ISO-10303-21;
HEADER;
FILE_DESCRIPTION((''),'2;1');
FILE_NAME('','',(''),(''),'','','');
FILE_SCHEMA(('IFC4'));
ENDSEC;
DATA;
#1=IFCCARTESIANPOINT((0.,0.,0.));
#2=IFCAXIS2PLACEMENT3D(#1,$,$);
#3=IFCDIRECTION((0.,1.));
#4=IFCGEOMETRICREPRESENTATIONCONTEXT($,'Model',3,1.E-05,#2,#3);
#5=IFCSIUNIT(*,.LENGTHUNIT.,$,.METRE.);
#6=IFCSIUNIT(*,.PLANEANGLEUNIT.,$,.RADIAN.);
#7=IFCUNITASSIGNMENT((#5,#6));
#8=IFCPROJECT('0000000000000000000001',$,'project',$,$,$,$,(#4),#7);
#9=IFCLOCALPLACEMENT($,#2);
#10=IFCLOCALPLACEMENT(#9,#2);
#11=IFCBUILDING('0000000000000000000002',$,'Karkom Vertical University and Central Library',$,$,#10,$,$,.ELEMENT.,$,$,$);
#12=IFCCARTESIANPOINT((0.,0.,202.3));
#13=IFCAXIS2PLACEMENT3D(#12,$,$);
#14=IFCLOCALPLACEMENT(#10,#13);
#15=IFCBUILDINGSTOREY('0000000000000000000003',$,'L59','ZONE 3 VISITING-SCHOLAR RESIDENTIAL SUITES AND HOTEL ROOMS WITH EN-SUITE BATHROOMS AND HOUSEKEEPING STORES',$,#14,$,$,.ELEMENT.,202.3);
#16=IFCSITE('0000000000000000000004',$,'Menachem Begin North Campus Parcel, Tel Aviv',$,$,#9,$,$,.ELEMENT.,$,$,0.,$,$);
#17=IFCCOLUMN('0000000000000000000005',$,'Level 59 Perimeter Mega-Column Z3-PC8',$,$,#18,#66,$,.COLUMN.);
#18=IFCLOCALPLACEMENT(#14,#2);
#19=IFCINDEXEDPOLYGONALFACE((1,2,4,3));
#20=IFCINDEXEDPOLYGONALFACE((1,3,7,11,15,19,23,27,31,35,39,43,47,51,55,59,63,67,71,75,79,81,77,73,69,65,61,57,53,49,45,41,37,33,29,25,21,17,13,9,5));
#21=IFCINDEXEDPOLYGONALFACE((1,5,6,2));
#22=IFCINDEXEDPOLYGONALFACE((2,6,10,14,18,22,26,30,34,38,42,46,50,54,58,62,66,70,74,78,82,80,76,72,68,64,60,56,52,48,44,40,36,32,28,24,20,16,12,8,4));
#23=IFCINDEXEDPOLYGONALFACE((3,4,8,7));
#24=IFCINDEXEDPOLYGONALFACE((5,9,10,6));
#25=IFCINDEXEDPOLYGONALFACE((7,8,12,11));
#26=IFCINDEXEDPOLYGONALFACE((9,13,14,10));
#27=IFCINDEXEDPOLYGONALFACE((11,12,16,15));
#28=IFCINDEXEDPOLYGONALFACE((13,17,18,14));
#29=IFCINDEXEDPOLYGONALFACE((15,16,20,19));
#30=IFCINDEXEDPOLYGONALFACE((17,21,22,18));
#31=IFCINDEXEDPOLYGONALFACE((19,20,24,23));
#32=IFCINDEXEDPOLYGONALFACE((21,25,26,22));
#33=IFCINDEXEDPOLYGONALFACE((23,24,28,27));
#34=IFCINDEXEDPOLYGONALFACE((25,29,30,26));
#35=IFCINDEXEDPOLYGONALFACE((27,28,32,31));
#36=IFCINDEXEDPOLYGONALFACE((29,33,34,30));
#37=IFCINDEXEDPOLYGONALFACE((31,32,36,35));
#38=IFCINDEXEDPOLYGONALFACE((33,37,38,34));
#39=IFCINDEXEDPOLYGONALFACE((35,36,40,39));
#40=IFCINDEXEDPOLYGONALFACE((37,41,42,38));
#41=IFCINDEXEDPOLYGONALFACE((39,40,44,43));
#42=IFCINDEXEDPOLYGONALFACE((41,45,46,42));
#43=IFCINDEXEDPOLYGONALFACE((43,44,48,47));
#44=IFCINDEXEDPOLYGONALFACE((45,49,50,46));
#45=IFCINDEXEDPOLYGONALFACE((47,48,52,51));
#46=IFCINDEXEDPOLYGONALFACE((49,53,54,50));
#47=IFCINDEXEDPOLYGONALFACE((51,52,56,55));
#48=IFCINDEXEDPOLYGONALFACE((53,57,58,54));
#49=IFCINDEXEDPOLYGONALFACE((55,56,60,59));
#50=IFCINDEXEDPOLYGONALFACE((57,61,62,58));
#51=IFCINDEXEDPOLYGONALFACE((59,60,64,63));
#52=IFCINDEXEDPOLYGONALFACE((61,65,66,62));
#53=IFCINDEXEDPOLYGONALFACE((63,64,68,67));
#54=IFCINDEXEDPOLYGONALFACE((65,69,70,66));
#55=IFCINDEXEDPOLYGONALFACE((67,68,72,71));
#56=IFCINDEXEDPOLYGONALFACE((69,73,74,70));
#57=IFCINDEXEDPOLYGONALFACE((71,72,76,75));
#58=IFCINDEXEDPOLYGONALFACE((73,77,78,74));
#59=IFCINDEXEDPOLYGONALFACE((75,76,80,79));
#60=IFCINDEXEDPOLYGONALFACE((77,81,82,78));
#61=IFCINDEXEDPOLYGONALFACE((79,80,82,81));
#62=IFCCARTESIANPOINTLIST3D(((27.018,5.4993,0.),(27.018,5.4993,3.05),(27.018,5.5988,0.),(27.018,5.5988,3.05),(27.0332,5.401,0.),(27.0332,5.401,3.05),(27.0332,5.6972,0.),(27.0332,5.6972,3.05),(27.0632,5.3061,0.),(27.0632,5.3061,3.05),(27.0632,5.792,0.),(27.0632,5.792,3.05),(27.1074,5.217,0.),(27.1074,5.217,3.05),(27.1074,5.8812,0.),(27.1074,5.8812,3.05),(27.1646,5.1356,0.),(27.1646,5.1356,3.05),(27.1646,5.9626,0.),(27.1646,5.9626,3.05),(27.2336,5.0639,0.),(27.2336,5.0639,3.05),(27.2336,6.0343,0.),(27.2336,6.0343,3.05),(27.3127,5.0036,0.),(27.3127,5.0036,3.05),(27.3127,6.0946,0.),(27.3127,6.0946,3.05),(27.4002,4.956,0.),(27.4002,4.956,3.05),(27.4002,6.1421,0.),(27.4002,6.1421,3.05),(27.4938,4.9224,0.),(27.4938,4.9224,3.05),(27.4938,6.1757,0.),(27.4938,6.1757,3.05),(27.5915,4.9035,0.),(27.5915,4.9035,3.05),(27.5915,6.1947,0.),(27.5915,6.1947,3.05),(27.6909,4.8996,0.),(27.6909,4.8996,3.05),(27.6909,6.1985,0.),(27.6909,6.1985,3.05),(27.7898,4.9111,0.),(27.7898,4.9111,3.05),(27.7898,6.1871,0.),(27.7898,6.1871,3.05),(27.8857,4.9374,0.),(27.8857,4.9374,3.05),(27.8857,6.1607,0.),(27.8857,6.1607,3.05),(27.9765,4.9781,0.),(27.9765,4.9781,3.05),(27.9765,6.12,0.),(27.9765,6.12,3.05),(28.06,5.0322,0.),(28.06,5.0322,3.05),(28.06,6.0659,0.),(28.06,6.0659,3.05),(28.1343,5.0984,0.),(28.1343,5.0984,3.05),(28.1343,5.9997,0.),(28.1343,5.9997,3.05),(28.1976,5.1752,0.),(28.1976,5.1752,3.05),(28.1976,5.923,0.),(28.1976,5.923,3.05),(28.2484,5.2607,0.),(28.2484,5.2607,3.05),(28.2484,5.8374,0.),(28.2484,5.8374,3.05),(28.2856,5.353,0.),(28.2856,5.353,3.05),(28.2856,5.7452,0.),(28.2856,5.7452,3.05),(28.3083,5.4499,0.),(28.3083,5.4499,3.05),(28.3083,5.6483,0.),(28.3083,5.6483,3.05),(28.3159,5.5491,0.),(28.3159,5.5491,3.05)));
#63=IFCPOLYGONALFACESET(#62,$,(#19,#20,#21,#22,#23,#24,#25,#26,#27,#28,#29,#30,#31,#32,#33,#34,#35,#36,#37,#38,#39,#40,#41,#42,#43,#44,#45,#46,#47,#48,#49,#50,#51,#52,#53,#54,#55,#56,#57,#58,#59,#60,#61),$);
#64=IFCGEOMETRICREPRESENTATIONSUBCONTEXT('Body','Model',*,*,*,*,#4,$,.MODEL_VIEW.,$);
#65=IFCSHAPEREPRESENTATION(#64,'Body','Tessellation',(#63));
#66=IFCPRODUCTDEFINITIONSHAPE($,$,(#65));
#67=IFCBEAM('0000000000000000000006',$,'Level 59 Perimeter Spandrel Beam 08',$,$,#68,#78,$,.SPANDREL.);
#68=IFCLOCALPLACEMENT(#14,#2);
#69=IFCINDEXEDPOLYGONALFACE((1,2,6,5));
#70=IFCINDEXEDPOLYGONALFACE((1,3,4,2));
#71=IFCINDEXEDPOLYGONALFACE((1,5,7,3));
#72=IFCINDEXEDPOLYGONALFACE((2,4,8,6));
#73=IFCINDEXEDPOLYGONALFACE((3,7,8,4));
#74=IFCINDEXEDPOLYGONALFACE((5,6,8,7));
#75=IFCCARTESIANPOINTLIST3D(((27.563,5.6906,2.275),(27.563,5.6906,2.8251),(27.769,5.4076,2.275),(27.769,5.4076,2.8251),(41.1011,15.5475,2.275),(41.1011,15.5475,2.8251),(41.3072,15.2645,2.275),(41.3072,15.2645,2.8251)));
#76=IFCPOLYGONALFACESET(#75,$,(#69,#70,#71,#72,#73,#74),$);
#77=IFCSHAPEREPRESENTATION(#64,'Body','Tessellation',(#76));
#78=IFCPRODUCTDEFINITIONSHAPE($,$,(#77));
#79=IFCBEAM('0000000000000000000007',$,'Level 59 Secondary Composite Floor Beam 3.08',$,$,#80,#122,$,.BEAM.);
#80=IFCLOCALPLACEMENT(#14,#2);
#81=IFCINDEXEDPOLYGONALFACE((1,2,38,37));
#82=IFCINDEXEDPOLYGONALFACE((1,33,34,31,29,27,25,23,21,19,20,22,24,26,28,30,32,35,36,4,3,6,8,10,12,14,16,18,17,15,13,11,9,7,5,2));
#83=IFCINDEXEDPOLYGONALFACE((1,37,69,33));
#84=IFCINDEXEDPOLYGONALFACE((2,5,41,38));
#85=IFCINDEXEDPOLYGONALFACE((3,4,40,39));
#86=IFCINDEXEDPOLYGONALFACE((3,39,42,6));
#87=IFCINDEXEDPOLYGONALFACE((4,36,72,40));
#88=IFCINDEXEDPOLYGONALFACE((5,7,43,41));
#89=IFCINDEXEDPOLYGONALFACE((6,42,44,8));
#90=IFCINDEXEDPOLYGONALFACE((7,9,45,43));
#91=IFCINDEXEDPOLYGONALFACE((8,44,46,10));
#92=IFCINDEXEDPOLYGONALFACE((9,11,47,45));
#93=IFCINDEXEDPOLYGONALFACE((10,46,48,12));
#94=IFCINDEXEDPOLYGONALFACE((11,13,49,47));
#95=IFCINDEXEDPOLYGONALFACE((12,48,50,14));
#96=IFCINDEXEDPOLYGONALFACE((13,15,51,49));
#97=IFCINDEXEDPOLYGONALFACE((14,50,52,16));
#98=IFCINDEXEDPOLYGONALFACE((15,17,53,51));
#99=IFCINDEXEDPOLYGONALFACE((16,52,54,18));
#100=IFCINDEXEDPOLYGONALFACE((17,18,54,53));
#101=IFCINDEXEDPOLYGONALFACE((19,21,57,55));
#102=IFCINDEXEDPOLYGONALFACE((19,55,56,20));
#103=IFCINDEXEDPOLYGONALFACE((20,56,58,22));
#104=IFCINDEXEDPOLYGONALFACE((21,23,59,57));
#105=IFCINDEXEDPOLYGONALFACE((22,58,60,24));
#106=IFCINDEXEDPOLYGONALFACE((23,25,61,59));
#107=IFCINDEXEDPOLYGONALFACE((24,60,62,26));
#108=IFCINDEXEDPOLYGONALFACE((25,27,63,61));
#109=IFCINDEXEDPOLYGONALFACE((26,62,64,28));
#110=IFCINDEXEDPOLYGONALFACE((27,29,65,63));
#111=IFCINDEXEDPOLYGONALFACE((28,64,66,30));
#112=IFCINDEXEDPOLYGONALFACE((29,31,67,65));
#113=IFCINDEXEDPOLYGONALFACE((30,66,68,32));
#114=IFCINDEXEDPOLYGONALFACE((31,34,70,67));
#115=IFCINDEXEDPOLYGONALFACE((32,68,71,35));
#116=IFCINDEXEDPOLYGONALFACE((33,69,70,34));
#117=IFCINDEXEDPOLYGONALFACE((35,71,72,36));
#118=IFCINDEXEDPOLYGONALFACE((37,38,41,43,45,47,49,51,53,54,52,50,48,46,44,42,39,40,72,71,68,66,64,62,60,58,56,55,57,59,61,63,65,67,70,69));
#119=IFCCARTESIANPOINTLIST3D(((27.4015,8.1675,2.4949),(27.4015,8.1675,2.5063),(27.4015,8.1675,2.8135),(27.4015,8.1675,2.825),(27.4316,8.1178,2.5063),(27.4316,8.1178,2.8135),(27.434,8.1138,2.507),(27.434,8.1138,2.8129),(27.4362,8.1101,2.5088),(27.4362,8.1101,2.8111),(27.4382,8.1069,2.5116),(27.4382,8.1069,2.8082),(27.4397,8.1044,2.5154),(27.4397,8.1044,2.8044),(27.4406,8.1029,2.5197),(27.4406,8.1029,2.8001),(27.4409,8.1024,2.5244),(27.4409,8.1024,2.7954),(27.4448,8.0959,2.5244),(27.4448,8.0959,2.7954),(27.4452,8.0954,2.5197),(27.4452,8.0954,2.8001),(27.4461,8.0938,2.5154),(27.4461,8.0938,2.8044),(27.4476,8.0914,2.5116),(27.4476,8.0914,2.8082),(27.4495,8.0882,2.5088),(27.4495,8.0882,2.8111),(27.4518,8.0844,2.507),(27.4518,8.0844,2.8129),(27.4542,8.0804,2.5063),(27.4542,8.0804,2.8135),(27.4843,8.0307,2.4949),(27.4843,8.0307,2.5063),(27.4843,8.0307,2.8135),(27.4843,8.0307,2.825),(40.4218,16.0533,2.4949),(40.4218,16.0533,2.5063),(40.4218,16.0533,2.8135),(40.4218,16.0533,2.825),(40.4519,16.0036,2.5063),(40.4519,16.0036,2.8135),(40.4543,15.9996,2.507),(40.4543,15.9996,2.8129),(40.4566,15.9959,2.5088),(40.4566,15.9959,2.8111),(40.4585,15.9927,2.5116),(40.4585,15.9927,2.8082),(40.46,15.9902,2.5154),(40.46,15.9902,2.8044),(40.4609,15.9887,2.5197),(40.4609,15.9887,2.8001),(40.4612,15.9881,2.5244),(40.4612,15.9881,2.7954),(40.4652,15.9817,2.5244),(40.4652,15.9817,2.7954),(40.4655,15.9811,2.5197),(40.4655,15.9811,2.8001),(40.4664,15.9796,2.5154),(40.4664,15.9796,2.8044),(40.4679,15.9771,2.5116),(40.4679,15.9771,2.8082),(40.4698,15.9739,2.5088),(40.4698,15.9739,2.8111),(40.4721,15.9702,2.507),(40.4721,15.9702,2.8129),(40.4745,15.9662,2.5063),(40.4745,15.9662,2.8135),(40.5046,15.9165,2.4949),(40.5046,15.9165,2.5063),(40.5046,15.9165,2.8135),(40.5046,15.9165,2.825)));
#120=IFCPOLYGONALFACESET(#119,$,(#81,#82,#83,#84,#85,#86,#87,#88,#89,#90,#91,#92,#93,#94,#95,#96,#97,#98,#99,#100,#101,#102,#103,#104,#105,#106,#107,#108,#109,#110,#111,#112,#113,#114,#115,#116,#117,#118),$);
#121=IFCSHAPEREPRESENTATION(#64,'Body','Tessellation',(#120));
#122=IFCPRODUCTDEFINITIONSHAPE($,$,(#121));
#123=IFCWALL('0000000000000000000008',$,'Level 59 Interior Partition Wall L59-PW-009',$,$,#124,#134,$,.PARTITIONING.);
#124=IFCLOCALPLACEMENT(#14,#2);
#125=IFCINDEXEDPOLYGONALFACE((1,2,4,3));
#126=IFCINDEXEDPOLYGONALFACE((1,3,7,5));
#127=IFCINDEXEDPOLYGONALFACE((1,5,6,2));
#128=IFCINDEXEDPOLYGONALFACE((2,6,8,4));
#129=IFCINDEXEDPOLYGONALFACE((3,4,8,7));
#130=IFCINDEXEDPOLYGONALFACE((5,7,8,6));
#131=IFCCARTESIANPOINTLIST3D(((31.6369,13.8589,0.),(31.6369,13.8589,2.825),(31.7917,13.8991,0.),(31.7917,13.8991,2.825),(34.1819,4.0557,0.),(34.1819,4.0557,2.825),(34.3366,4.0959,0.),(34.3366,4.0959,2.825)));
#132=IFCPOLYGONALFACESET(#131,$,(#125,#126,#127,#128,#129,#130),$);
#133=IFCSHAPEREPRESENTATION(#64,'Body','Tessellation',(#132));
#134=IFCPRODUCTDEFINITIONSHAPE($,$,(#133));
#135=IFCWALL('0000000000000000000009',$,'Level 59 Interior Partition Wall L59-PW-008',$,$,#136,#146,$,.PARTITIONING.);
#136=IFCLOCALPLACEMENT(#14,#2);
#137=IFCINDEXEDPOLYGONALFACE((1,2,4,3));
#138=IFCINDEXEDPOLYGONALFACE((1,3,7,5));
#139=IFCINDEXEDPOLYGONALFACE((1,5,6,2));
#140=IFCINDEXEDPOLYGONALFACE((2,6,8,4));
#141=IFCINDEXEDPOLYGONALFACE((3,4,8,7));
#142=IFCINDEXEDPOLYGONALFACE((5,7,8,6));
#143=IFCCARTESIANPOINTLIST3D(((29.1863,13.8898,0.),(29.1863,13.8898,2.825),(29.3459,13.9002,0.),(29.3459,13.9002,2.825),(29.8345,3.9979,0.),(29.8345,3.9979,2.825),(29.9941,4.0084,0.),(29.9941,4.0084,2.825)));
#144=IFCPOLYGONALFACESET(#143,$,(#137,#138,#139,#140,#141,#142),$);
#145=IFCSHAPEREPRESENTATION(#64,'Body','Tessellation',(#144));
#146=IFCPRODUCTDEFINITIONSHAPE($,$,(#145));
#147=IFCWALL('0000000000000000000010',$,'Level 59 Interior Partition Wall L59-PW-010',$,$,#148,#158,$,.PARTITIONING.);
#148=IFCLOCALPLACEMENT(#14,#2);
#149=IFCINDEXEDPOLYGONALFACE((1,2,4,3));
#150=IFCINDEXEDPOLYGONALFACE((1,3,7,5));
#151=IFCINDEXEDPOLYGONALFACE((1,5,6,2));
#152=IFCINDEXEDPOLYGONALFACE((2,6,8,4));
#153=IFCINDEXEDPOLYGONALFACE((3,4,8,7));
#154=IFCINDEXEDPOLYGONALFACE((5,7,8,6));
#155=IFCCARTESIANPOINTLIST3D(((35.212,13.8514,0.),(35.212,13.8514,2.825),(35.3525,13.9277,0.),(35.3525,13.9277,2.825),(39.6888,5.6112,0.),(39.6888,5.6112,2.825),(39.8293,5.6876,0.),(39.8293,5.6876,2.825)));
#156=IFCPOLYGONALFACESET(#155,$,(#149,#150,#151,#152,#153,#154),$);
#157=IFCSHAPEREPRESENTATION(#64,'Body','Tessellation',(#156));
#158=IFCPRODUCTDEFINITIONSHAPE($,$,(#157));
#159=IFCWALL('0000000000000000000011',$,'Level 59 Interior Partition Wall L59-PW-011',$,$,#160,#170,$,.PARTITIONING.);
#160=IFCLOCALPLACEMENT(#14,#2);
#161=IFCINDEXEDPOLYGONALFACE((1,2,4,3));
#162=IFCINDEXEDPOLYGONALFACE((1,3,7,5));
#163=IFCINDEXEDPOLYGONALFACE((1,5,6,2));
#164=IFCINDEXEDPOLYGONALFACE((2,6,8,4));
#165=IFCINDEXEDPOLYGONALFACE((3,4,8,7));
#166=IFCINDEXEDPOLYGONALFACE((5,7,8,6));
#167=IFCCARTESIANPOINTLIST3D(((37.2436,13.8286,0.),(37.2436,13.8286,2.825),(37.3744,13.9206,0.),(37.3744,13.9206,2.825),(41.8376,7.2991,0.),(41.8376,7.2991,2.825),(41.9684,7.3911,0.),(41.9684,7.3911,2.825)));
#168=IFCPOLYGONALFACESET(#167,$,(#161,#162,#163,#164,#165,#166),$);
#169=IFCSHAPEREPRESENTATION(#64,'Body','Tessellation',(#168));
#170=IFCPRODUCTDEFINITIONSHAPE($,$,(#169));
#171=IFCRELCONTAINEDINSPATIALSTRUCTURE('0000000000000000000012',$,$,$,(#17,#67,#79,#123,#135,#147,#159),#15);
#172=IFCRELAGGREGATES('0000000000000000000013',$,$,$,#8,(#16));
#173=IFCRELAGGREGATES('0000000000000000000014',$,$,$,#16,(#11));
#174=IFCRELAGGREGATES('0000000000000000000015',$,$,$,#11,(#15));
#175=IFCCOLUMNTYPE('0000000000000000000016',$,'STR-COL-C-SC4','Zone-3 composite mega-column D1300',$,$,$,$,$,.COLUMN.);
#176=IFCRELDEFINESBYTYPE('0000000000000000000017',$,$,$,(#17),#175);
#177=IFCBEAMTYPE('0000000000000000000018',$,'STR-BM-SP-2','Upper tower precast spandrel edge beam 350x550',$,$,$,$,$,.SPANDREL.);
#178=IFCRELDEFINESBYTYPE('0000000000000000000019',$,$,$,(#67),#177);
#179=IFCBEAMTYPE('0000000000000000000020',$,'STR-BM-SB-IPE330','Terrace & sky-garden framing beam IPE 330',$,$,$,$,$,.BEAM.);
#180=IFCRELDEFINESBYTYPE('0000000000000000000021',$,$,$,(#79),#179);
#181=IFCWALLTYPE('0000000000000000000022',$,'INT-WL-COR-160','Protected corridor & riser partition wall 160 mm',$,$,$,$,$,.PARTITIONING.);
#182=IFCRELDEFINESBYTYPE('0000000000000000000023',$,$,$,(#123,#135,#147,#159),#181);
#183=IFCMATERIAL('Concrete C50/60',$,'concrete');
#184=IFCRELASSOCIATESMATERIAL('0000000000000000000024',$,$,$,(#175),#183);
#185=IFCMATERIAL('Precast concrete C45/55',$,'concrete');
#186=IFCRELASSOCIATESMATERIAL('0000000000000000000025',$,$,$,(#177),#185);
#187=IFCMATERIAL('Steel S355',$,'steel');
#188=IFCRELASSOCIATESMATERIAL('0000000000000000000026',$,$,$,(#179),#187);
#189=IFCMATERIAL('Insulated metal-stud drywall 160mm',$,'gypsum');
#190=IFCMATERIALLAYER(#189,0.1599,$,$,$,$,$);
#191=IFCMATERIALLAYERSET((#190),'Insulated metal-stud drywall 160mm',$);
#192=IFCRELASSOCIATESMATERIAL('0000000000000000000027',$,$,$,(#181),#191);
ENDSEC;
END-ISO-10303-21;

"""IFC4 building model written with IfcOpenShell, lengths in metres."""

from ifc_helpers import new_model, si_unit, direction, frame, frame_2d, origin, origin_with_axes, origin_2d, place, context, subcontext, project, spatial, rectangle, circle, i_section, extrude, source, transform, mapped, material, layer, layer_set, material_profile, profile_set, type_object, element, save


model = new_model("IFC4")

# Units and contexts
model_context = context("Model", 3, precision=1e-05, world=origin(), true_north=direction((0.0, 1.0)))
body_context = subcontext(model_context, "Body", "Model", "MODEL_VIEW")
ifc_project = project(units=[si_unit("LENGTHUNIT", "METRE"), si_unit("PLANEANGLEUNIT", "RADIAN")], contexts=[model_context])

# Site, building, storey
site_placement = place(None, origin())
site = spatial("IfcSite", under=ifc_project, at=site_placement, Name="Menachem Begin North Campus Parcel, Tel Aviv", CompositionType="ELEMENT", RefElevation=0.0)
building_placement = place(site_placement, origin())
building = spatial("IfcBuilding", under=site, at=building_placement, Name="Karkom Vertical University and Central Library", CompositionType="ELEMENT")
storey_placement = place(building_placement, frame((0.0, 0.0, 202.3)))
storey = spatial("IfcBuildingStorey", under=building, at=storey_placement, Name="L59", Description="ZONE 3 VISITING-SCHOLAR RESIDENTIAL SUITES AND HOTEL ROOMS WITH EN-SUITE BATHROOMS AND HOUSEKEEPING STORES", CompositionType="ELEMENT", Elevation=202.3)

# Column
ifc_material_1 = material(Name="Concrete C50/60", Category="concrete")
ifc_material_profile_1 = material_profile(ifc_material_1, circle(Radius=0.6499, at=origin_2d()), Name="CFT-D1300")
ifc_profile_set_1 = profile_set([ifc_material_profile_1], Name="Concrete C50/60")
column_type = type_object("IfcColumnType", Name="STR-COL-C-SC4", Description="Zone-3 composite mega-column D1300", PredefinedType="COLUMN", material=ifc_profile_set_1)
shared_shape_1 = source(origin_with_axes(), body_context, "Body", "SweptSolid", [
    extrude(circle(Radius=0.6499, at=origin_2d()), origin(), (0.0, 0.0, 1.0), 3.05),
])
column_placement = place(storey_placement, frame((27.666, 5.5491, 0.0), z_axis=(0.0, 0.0, 1.0), x_axis=(1.0, 0.0, 0.0)))
element("IfcColumn", 1, at=column_placement, inside=storey, type_object=column_type, Name="Level 59 Perimeter Mega-Column Z3-PC8", PredefinedType="COLUMN", context=body_context, shape_type="MappedRepresentation", body=[
    mapped(shared_shape_1, transform((0.0, 0.0, 0.0), scale=1.0)),
])

# Beams
ifc_material_2 = material(Name="Precast concrete C45/55", Category="concrete")
ifc_material_profile_2 = material_profile(ifc_material_2, rectangle(XDim=0.3501, YDim=0.55, at=origin_2d()), Name="SPB-350x550")
ifc_profile_set_2 = profile_set([ifc_material_profile_2], Name="Precast concrete C45/55")
beam_type_1 = type_object("IfcBeamType", Name="STR-BM-SP-2", Description="Upper tower precast spandrel edge beam 350x550", PredefinedType="SPANDREL", material=ifc_profile_set_2)
shared_shape_2 = source(origin_with_axes(), body_context, "Body", "SweptSolid", [
    extrude(rectangle(XDim=0.3501, YDim=0.55, at=origin_2d()), origin(), (0.0, 0.0, 1.0), 16.7463),
])
beam_1_placement = place(storey_placement, frame((27.666, 5.5491, 2.55), z_axis=(0.808422, 0.588603, 0.0), x_axis=(-0.588603, 0.808422, 0.0)))
element("IfcBeam", 2, at=beam_1_placement, inside=storey, type_object=beam_type_1, Name="Level 59 Perimeter Spandrel Beam 08", PredefinedType="SPANDREL", context=body_context, shape_type="MappedRepresentation", body=[
    mapped(shared_shape_2, transform((0.0, 0.0, 0.0), scale=1.0)),
])
ifc_material_3 = material(Name="Steel S355", Category="steel")
ifc_material_profile_3 = material_profile(ifc_material_3, i_section(OverallWidth=0.1599, OverallDepth=0.3301, WebThickness=0.0076, FlangeThickness=0.0115, FilletRadius=0.0181, at=origin_2d()), Name="IPE 330")
ifc_profile_set_3 = profile_set([ifc_material_profile_3], Name="Steel S355")
beam_type_2 = type_object("IfcBeamType", Name="STR-BM-SB-IPE330", Description="Terrace & sky-garden framing beam IPE 330", PredefinedType="BEAM", material=ifc_profile_set_3)
shared_shape_3 = source(origin_with_axes(), body_context, "Body", "SweptSolid", [
    extrude(i_section(OverallWidth=0.1599, OverallDepth=0.3301, WebThickness=0.0076, FlangeThickness=0.0115, FilletRadius=0.0181, at=origin_2d()), origin(), (0.0, 0.0, 1.0), 15.2222),
])
beam_2_placement = place(storey_placement, frame((27.4429, 8.0991, 2.6599), z_axis=(0.855353, 0.518046, 0.0), x_axis=(-0.518046, 0.855353, 0.0)))
element("IfcBeam", 3, at=beam_2_placement, inside=storey, type_object=beam_type_2, Name="Level 59 Secondary Composite Floor Beam 3.08", PredefinedType="BEAM", context=body_context, shape_type="MappedRepresentation", body=[
    mapped(shared_shape_3, transform((0.0, 0.0, 0.0), scale=1.0)),
])

# Walls
ifc_material_4 = material(Name="Insulated metal-stud drywall 160mm", Category="gypsum")
ifc_layer_1 = layer(ifc_material_4, 0.1599)
ifc_layer_set_1 = layer_set([ifc_layer_1], Name="Insulated metal-stud drywall 160mm")
wall_type_1 = type_object("IfcWallType", Name="INT-WL-COR-160", Description="Protected corridor & riser partition wall 160 mm", PredefinedType="PARTITIONING", material=ifc_layer_set_1)
wall_1_placement = place(storey_placement, frame((31.7144, 13.8789, 0.0), z_axis=(0.0, 0.0, 1.0), x_axis=(0.251272, -0.967917, 0.0)))
element("IfcWall", 4, at=wall_1_placement, inside=storey, type_object=wall_type_1, Name="Level 59 Interior Partition Wall L59-PW-009", PredefinedType="PARTITIONING", context=body_context, shape_type="SweptSolid", body=[
    extrude(rectangle(XDim=10.1282, YDim=0.1599, at=frame_2d((5.064, 0.0))), origin(), (0.0, 0.0, 1.0), 2.825),
])
wall_2_placement = place(storey_placement, frame((29.2661, 13.895, 0.0), z_axis=(0.0, 0.0, 1.0), x_axis=(0.065388, -0.99786, 0.0)))
element("IfcWall", 5, at=wall_2_placement, inside=storey, type_object=wall_type_1, Name="Level 59 Interior Partition Wall L59-PW-008", PredefinedType="PARTITIONING", context=body_context, shape_type="SweptSolid", body=[
    extrude(rectangle(XDim=9.9131, YDim=0.1599, at=frame_2d((4.9565, 0.0))), origin(), (0.0, 0.0, 1.0), 2.825),
])
wall_3_placement = place(storey_placement, frame((35.2822, 13.8896, 0.0), z_axis=(0.0, 0.0, 1.0), x_axis=(0.477383, -0.878695, 0.0)))
element("IfcWall", 6, at=wall_3_placement, inside=storey, type_object=wall_type_1, Name="Level 59 Interior Partition Wall L59-PW-010", PredefinedType="PARTITIONING", context=body_context, shape_type="SweptSolid", body=[
    extrude(rectangle(XDim=9.3777, YDim=0.1599, at=frame_2d((4.689, 0.0))), origin(), (0.0, 0.0, 1.0), 2.825),
])
wall_4_placement = place(storey_placement, frame((37.3091, 13.8745, 0.0), z_axis=(0.0, 0.0, 1.0), x_axis=(0.575421, -0.817858, 0.0)))
element("IfcWall", 7, at=wall_4_placement, inside=storey, type_object=wall_type_1, Name="Level 59 Interior Partition Wall L59-PW-011", PredefinedType="PARTITIONING", context=body_context, shape_type="SweptSolid", body=[
    extrude(rectangle(XDim=7.9836, YDim=0.1599, at=frame_2d((3.9917, 0.0))), origin(), (0.0, 0.0, 1.0), 2.825),
])

save(model, "model.ifc")
